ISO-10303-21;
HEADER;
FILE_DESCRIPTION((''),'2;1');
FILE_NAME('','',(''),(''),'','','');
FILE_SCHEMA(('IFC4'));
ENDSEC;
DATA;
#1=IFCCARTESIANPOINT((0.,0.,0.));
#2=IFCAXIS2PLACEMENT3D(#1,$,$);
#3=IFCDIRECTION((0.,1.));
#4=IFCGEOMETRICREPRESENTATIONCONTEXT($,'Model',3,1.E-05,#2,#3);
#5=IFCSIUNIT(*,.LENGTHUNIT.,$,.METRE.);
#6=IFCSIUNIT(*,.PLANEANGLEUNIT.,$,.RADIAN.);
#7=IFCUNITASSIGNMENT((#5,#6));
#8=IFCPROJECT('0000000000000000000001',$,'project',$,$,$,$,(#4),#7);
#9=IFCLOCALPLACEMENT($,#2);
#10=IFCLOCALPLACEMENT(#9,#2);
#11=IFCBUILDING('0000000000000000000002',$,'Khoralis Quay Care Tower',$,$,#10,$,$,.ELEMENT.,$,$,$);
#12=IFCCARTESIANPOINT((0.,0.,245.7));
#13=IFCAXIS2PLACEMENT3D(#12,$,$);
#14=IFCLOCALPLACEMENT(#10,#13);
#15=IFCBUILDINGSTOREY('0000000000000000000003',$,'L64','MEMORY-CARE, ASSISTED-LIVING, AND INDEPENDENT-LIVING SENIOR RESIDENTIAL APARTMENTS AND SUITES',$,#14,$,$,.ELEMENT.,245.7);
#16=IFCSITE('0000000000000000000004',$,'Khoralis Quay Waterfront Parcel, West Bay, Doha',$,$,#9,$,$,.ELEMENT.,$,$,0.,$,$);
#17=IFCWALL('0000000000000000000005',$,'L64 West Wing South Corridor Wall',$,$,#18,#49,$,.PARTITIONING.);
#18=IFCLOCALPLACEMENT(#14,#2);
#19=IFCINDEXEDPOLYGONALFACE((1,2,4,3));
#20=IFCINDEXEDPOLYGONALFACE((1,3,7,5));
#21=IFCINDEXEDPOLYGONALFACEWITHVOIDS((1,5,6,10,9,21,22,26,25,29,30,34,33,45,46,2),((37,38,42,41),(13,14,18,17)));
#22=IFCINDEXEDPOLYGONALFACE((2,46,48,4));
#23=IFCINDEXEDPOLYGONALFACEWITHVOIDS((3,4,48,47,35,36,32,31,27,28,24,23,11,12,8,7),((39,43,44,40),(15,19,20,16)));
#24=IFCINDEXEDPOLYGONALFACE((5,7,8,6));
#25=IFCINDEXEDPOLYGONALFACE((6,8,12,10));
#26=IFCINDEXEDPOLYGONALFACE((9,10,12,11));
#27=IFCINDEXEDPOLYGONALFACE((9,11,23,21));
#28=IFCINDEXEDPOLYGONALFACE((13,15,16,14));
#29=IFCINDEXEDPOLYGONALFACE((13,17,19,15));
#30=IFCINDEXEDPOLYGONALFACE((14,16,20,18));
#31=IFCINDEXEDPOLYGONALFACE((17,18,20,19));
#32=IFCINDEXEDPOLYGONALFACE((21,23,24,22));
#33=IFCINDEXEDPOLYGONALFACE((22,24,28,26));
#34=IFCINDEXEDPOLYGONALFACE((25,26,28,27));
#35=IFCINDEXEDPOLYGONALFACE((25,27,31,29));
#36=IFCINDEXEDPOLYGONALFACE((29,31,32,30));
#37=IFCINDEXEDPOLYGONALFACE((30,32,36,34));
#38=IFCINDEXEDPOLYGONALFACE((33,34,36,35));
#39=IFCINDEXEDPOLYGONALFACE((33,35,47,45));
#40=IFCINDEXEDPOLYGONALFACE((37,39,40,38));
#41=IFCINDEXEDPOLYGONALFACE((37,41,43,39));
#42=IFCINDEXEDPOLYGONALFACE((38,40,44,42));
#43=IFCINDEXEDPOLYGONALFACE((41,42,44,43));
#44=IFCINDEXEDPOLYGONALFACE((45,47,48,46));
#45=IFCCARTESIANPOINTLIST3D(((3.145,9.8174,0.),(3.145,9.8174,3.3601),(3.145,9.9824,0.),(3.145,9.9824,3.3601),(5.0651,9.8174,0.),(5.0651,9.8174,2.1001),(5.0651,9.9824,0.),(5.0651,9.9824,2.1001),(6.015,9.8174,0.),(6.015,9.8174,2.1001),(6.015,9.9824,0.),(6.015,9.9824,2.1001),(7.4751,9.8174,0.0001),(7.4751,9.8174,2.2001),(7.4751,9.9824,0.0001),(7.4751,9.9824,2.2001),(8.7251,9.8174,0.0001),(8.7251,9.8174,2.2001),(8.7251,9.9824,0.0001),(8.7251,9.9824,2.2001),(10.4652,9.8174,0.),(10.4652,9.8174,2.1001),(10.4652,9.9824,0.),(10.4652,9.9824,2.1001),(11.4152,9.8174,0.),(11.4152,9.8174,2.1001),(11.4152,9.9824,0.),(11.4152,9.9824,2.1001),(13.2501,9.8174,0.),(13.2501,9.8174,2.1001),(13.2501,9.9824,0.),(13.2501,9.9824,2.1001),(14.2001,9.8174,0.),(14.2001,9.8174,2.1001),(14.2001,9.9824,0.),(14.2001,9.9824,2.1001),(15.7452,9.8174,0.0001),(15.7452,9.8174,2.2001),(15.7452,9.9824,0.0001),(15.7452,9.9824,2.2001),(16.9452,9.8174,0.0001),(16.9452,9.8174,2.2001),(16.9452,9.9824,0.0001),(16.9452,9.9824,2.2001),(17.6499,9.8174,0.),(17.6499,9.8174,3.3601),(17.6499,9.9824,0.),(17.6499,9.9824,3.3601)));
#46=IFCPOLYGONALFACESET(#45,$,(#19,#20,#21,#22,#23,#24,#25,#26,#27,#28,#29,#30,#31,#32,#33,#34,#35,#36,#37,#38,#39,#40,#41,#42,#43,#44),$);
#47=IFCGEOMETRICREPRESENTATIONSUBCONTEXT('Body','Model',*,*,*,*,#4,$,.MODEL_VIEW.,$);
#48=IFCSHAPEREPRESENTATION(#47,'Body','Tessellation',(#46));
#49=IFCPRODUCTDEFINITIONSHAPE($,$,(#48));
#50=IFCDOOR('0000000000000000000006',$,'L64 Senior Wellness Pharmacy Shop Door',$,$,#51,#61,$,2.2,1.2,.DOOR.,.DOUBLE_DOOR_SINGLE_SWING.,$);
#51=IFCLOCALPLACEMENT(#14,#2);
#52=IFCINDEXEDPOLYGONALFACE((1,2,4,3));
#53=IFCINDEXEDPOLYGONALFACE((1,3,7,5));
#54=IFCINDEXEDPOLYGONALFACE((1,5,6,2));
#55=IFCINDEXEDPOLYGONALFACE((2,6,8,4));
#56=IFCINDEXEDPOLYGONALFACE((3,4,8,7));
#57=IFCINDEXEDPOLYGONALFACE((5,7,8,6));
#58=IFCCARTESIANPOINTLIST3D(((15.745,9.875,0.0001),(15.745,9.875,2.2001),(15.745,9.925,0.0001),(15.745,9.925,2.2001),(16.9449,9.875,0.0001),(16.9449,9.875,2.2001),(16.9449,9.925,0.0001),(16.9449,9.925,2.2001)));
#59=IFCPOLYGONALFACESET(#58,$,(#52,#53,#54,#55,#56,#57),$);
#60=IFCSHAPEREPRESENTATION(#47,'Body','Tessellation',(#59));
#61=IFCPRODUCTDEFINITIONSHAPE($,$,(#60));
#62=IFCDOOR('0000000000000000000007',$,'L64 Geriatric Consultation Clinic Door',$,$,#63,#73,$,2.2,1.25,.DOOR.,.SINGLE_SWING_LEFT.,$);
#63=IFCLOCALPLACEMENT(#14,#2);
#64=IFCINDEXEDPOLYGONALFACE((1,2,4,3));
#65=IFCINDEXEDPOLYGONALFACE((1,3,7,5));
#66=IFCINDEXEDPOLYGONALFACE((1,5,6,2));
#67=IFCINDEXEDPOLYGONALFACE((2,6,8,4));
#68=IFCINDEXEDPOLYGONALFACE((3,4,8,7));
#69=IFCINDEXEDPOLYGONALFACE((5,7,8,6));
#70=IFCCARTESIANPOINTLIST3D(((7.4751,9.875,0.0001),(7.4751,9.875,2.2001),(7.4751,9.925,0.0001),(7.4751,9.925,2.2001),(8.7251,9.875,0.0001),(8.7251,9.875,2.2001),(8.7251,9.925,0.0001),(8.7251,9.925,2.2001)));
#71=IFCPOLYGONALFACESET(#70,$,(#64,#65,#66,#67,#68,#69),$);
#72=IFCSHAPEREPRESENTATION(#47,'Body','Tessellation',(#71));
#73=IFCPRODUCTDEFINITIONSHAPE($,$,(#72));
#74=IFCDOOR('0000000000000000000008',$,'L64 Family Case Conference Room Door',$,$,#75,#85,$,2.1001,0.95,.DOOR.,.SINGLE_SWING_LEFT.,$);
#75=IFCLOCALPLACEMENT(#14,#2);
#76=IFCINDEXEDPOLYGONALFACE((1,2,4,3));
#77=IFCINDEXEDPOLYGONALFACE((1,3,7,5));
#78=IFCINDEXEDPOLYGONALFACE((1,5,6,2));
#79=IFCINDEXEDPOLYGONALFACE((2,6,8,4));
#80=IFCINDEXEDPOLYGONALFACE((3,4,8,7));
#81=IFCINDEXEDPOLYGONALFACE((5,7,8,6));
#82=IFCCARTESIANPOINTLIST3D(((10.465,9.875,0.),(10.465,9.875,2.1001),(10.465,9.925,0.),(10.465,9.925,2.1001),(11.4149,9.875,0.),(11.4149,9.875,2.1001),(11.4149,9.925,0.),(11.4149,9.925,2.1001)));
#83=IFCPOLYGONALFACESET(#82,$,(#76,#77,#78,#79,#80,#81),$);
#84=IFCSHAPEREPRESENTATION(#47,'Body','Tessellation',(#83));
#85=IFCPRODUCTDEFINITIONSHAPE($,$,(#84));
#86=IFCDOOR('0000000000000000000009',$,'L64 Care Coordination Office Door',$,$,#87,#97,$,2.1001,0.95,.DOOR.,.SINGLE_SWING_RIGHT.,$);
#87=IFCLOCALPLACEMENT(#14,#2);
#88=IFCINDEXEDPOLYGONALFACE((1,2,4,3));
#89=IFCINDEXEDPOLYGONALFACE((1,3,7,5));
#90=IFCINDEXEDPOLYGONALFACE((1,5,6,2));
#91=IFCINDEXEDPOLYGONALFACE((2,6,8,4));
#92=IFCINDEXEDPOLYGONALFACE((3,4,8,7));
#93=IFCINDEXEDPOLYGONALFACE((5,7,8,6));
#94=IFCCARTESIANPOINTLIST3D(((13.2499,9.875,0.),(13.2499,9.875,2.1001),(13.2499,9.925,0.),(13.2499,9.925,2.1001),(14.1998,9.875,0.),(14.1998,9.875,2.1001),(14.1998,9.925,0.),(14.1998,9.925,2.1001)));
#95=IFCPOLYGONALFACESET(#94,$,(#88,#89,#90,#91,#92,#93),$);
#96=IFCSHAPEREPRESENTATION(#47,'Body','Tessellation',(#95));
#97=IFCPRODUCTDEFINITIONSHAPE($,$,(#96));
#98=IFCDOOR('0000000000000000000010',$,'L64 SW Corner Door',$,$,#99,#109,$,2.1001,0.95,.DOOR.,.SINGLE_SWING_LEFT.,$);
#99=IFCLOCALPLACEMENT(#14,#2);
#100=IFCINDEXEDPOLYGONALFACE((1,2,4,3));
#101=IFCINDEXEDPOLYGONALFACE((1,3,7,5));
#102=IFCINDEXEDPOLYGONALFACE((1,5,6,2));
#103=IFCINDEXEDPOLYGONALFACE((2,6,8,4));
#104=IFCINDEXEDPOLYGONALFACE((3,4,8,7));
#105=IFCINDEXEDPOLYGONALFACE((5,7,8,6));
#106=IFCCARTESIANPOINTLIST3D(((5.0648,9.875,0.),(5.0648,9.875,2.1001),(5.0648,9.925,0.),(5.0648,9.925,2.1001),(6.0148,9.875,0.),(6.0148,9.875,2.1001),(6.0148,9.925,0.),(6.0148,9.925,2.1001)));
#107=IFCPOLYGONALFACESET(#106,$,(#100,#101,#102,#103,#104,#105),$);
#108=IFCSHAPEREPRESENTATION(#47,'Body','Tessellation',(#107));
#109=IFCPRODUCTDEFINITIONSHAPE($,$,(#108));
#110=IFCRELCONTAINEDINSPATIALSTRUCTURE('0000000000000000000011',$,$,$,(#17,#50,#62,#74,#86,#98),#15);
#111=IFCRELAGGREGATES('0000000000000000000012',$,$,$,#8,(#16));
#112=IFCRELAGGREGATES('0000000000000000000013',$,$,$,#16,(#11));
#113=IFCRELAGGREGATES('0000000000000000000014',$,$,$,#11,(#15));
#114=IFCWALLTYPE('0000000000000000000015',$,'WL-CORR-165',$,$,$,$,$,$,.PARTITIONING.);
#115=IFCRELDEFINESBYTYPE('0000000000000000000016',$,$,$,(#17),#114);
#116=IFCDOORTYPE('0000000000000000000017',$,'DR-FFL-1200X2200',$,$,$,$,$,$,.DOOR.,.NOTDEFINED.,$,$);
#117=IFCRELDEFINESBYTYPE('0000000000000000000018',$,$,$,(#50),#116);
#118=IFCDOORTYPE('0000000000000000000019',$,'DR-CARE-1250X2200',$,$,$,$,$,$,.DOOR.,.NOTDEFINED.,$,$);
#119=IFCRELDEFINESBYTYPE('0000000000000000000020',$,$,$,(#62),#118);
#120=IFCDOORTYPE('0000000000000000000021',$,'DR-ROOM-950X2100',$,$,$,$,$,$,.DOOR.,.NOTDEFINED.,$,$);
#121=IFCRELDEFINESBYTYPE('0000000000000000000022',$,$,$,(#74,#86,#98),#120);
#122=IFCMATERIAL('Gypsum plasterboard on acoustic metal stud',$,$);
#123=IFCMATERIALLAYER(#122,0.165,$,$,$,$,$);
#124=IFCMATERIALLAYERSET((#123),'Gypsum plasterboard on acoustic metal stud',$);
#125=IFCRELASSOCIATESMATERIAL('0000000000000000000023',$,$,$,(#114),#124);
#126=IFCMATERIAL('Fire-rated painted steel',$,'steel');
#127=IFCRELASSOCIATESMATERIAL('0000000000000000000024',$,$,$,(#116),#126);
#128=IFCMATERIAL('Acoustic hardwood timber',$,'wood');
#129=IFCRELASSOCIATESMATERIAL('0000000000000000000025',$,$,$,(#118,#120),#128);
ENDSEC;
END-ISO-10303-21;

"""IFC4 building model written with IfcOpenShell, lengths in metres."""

from ifc_helpers import new_model, si_unit, direction, frame, frame_2d, origin, place, context, subcontext, project, spatial, rectangle, extrude, source, transform, mapped, material, layer, layer_set, type_object, element, fill, save


model = new_model("IFC4")

# Units and contexts
model_context = context("Model", 3, precision=1e-05, world=origin(), true_north=direction((0.0, 1.0)))
body_context = subcontext(model_context, "Body", "Model", "MODEL_VIEW")
ifc_project = project(units=[si_unit("LENGTHUNIT", "METRE"), si_unit("PLANEANGLEUNIT", "RADIAN")], contexts=[model_context])

# Site, building, storey
site_placement = place(None, origin())
site = spatial("IfcSite", under=ifc_project, at=site_placement, Name="Khoralis Quay Waterfront Parcel, West Bay, Doha", CompositionType="ELEMENT", RefElevation=0.0)
building_placement = place(site_placement, origin())
building = spatial("IfcBuilding", under=site, at=building_placement, Name="Khoralis Quay Care Tower", CompositionType="ELEMENT")
storey_placement = place(building_placement, frame((0.0, 0.0, 245.7)))
storey = spatial("IfcBuildingStorey", under=building, at=storey_placement, Name="L64", Description="MEMORY-CARE, ASSISTED-LIVING, AND INDEPENDENT-LIVING SENIOR RESIDENTIAL APARTMENTS AND SUITES", CompositionType="ELEMENT", Elevation=245.7)

# Wall, openings, doors
ifc_material_1 = material(Name="Gypsum plasterboard on acoustic metal stud")
ifc_layer_1 = layer(ifc_material_1, 0.165)
ifc_layer_set_1 = layer_set([ifc_layer_1], Name="Gypsum plasterboard on acoustic metal stud")
wall_type_1 = type_object("IfcWallType", Name="WL-CORR-165", PredefinedType="PARTITIONING", material=ifc_layer_set_1)
wall_1_placement = place(storey_placement, frame((3.145, 9.8999, 0.0), z_axis=(0.0, 0.0, 1.0), x_axis=(1.0, 0.0, 0.0)))
wall_1 = element("IfcWall", 1, at=wall_1_placement, inside=storey, type_object=wall_type_1, Name="L64 West Wing South Corridor Wall", PredefinedType="PARTITIONING", context=body_context, shape_type="SweptSolid", body=[
    extrude(rectangle(XDim=14.5049, YDim=0.165, at=frame_2d((7.2524, 0.0))), origin(), (0.0, 0.0, 1.0), 3.3601),
])
opening_1_placement = place(wall_1_placement, frame((4.3301, 0.0, 0.0)))
opening_1 = element("IfcOpeningElement", 2, at=opening_1_placement, cuts=wall_1, PredefinedType="OPENING", context=body_context, shape_type="SweptSolid", body=[
    extrude(rectangle(XDim=1.25, YDim=2.2, at=frame_2d((0.625, 1.1001))), frame((0.0, 0.0925, 0.0), z_axis=(0.0, -1.0, 0.0), x_axis=(1.0, 0.0, 0.0)), (0.0, 0.0, 1.0), 0.1851),
])
opening_2_placement = place(wall_1_placement, frame((7.3201, 0.0, 0.0)))
opening_2 = element("IfcOpeningElement", 3, at=opening_2_placement, cuts=wall_1, PredefinedType="OPENING", context=body_context, shape_type="SweptSolid", body=[
    extrude(rectangle(XDim=0.95, YDim=2.1001, at=frame_2d((0.4751, 1.05))), frame((0.0, 0.0925, 0.0), z_axis=(0.0, -1.0, 0.0), x_axis=(1.0, 0.0, 0.0)), (0.0, 0.0, 1.0), 0.1851),
])
opening_3_placement = place(wall_1_placement, frame((10.105, 0.0, 0.0)))
opening_3 = element("IfcOpeningElement", 4, at=opening_3_placement, cuts=wall_1, PredefinedType="OPENING", context=body_context, shape_type="SweptSolid", body=[
    extrude(rectangle(XDim=0.95, YDim=2.1001, at=frame_2d((0.4751, 1.05))), frame((0.0, 0.0925, 0.0), z_axis=(0.0, -1.0, 0.0), x_axis=(1.0, 0.0, 0.0)), (0.0, 0.0, 1.0), 0.1851),
])
opening_4_placement = place(wall_1_placement, frame((12.6001, 0.0, 0.0)))
opening_4 = element("IfcOpeningElement", 5, at=opening_4_placement, cuts=wall_1, PredefinedType="OPENING", context=body_context, shape_type="SweptSolid", body=[
    extrude(rectangle(XDim=1.2, YDim=2.2, at=frame_2d((0.6001, 1.1001))), frame((0.0, 0.0925, 0.0), z_axis=(0.0, -1.0, 0.0), x_axis=(1.0, 0.0, 0.0)), (0.0, 0.0, 1.0), 0.1851),
])
opening_5_placement = place(wall_1_placement, frame((1.9199, 0.0, 0.0)))
opening_5 = element("IfcOpeningElement", 6, at=opening_5_placement, cuts=wall_1, PredefinedType="OPENING", context=body_context, shape_type="SweptSolid", body=[
    extrude(rectangle(XDim=0.95, YDim=2.1001, at=frame_2d((0.4751, 1.05))), frame((0.0, 0.0925, 0.0), z_axis=(0.0, -1.0, 0.0), x_axis=(1.0, 0.0, 0.0)), (0.0, 0.0, 1.0), 0.1851),
])
ifc_material_2 = material(Name="Fire-rated painted steel", Category="steel")
door_type_1 = type_object("IfcDoorType", Name="DR-FFL-1200X2200", OperationType="NOTDEFINED", PredefinedType="DOOR", material=ifc_material_2)
shared_shape_1 = source(origin(), body_context, "Body", "SweptSolid", [
    extrude(rectangle(XDim=1.2, YDim=2.2, at=frame_2d((0.6001, 1.1001))), frame((0.0, 0.0249, 0.0), z_axis=(0.0, -1.0, 0.0), x_axis=(1.0, 0.0, 0.0)), (0.0, 0.0, 1.0), 0.05),
])
door_1_placement = place(opening_4_placement, frame((1.2, 0.0, 0.0), z_axis=(0.0, 0.0, 1.0), x_axis=(-1.0, 0.0, 0.0)))
door_1 = element("IfcDoor", 7, at=door_1_placement, inside=storey, type_object=door_type_1, Name="L64 Senior Wellness Pharmacy Shop Door", OperationType="DOUBLE_DOOR_SINGLE_SWING", OverallHeight=2.2, OverallWidth=1.2, PredefinedType="DOOR", context=body_context, shape_type="MappedRepresentation", body=[
    mapped(shared_shape_1, transform((0.0, 0.0, 0.0), scale=1.0)),
])
fill(opening_4, door_1)
ifc_material_3 = material(Name="Acoustic hardwood timber", Category="wood")
door_type_2 = type_object("IfcDoorType", Name="DR-CARE-1250X2200", OperationType="NOTDEFINED", PredefinedType="DOOR", material=ifc_material_3)
shared_shape_2 = source(origin(), body_context, "Body", "SweptSolid", [
    extrude(rectangle(XDim=1.25, YDim=2.2, at=frame_2d((0.625, 1.1001))), frame((0.0, 0.0249, 0.0), z_axis=(0.0, -1.0, 0.0), x_axis=(1.0, 0.0, 0.0)), (0.0, 0.0, 1.0), 0.05),
])
door_2_placement = place(opening_1_placement, frame((1.25, 0.0, 0.0), z_axis=(0.0, 0.0, 1.0), x_axis=(-1.0, 0.0, 0.0)))
door_2 = element("IfcDoor", 8, at=door_2_placement, inside=storey, type_object=door_type_2, Name="L64 Geriatric Consultation Clinic Door", OperationType="SINGLE_SWING_LEFT", OverallHeight=2.2, OverallWidth=1.25, PredefinedType="DOOR", context=body_context, shape_type="MappedRepresentation", body=[
    mapped(shared_shape_2, transform((0.0, 0.0, 0.0), scale=1.0)),
])
fill(opening_1, door_2)
door_type_3 = type_object("IfcDoorType", Name="DR-ROOM-950X2100", OperationType="NOTDEFINED", PredefinedType="DOOR", material=ifc_material_3)
shared_shape_3 = source(origin(), body_context, "Body", "SweptSolid", [
    extrude(rectangle(XDim=0.95, YDim=2.1001, at=frame_2d((0.4751, 1.05))), frame((0.0, 0.0249, 0.0), z_axis=(0.0, -1.0, 0.0), x_axis=(1.0, 0.0, 0.0)), (0.0, 0.0, 1.0), 0.05),
])
door_3_placement = place(opening_2_placement, frame((0.95, 0.0, 0.0), z_axis=(0.0, 0.0, 1.0), x_axis=(-1.0, 0.0, 0.0)))
door_3 = element("IfcDoor", 9, at=door_3_placement, inside=storey, type_object=door_type_3, Name="L64 Family Case Conference Room Door", OperationType="SINGLE_SWING_LEFT", OverallHeight=2.1001, OverallWidth=0.95, PredefinedType="DOOR", context=body_context, shape_type="MappedRepresentation", body=[
    mapped(shared_shape_3, transform((0.0, 0.0, 0.0), scale=1.0)),
])
fill(opening_2, door_3)
door_4_placement = place(opening_3_placement, frame((0.95, 0.0, 0.0), z_axis=(0.0, 0.0, 1.0), x_axis=(-1.0, 0.0, 0.0)))
door_4 = element("IfcDoor", 10, at=door_4_placement, inside=storey, type_object=door_type_3, Name="L64 Care Coordination Office Door", OperationType="SINGLE_SWING_RIGHT", OverallHeight=2.1001, OverallWidth=0.95, PredefinedType="DOOR", context=body_context, shape_type="MappedRepresentation", body=[
    mapped(shared_shape_3, transform((0.0, 0.0, 0.0), scale=1.0)),
])
fill(opening_3, door_4)
door_5_placement = place(opening_5_placement, frame((0.95, 0.0, 0.0), z_axis=(0.0, 0.0, 1.0), x_axis=(-1.0, 0.0, 0.0)))
door_5 = element("IfcDoor", 11, at=door_5_placement, inside=storey, type_object=door_type_3, Name="L64 SW Corner Door", OperationType="SINGLE_SWING_LEFT", OverallHeight=2.1001, OverallWidth=0.95, PredefinedType="DOOR", context=body_context, shape_type="MappedRepresentation", body=[
    mapped(shared_shape_3, transform((0.0, 0.0, 0.0), scale=1.0)),
])
fill(opening_5, door_5)

save(model, "model.ifc")
